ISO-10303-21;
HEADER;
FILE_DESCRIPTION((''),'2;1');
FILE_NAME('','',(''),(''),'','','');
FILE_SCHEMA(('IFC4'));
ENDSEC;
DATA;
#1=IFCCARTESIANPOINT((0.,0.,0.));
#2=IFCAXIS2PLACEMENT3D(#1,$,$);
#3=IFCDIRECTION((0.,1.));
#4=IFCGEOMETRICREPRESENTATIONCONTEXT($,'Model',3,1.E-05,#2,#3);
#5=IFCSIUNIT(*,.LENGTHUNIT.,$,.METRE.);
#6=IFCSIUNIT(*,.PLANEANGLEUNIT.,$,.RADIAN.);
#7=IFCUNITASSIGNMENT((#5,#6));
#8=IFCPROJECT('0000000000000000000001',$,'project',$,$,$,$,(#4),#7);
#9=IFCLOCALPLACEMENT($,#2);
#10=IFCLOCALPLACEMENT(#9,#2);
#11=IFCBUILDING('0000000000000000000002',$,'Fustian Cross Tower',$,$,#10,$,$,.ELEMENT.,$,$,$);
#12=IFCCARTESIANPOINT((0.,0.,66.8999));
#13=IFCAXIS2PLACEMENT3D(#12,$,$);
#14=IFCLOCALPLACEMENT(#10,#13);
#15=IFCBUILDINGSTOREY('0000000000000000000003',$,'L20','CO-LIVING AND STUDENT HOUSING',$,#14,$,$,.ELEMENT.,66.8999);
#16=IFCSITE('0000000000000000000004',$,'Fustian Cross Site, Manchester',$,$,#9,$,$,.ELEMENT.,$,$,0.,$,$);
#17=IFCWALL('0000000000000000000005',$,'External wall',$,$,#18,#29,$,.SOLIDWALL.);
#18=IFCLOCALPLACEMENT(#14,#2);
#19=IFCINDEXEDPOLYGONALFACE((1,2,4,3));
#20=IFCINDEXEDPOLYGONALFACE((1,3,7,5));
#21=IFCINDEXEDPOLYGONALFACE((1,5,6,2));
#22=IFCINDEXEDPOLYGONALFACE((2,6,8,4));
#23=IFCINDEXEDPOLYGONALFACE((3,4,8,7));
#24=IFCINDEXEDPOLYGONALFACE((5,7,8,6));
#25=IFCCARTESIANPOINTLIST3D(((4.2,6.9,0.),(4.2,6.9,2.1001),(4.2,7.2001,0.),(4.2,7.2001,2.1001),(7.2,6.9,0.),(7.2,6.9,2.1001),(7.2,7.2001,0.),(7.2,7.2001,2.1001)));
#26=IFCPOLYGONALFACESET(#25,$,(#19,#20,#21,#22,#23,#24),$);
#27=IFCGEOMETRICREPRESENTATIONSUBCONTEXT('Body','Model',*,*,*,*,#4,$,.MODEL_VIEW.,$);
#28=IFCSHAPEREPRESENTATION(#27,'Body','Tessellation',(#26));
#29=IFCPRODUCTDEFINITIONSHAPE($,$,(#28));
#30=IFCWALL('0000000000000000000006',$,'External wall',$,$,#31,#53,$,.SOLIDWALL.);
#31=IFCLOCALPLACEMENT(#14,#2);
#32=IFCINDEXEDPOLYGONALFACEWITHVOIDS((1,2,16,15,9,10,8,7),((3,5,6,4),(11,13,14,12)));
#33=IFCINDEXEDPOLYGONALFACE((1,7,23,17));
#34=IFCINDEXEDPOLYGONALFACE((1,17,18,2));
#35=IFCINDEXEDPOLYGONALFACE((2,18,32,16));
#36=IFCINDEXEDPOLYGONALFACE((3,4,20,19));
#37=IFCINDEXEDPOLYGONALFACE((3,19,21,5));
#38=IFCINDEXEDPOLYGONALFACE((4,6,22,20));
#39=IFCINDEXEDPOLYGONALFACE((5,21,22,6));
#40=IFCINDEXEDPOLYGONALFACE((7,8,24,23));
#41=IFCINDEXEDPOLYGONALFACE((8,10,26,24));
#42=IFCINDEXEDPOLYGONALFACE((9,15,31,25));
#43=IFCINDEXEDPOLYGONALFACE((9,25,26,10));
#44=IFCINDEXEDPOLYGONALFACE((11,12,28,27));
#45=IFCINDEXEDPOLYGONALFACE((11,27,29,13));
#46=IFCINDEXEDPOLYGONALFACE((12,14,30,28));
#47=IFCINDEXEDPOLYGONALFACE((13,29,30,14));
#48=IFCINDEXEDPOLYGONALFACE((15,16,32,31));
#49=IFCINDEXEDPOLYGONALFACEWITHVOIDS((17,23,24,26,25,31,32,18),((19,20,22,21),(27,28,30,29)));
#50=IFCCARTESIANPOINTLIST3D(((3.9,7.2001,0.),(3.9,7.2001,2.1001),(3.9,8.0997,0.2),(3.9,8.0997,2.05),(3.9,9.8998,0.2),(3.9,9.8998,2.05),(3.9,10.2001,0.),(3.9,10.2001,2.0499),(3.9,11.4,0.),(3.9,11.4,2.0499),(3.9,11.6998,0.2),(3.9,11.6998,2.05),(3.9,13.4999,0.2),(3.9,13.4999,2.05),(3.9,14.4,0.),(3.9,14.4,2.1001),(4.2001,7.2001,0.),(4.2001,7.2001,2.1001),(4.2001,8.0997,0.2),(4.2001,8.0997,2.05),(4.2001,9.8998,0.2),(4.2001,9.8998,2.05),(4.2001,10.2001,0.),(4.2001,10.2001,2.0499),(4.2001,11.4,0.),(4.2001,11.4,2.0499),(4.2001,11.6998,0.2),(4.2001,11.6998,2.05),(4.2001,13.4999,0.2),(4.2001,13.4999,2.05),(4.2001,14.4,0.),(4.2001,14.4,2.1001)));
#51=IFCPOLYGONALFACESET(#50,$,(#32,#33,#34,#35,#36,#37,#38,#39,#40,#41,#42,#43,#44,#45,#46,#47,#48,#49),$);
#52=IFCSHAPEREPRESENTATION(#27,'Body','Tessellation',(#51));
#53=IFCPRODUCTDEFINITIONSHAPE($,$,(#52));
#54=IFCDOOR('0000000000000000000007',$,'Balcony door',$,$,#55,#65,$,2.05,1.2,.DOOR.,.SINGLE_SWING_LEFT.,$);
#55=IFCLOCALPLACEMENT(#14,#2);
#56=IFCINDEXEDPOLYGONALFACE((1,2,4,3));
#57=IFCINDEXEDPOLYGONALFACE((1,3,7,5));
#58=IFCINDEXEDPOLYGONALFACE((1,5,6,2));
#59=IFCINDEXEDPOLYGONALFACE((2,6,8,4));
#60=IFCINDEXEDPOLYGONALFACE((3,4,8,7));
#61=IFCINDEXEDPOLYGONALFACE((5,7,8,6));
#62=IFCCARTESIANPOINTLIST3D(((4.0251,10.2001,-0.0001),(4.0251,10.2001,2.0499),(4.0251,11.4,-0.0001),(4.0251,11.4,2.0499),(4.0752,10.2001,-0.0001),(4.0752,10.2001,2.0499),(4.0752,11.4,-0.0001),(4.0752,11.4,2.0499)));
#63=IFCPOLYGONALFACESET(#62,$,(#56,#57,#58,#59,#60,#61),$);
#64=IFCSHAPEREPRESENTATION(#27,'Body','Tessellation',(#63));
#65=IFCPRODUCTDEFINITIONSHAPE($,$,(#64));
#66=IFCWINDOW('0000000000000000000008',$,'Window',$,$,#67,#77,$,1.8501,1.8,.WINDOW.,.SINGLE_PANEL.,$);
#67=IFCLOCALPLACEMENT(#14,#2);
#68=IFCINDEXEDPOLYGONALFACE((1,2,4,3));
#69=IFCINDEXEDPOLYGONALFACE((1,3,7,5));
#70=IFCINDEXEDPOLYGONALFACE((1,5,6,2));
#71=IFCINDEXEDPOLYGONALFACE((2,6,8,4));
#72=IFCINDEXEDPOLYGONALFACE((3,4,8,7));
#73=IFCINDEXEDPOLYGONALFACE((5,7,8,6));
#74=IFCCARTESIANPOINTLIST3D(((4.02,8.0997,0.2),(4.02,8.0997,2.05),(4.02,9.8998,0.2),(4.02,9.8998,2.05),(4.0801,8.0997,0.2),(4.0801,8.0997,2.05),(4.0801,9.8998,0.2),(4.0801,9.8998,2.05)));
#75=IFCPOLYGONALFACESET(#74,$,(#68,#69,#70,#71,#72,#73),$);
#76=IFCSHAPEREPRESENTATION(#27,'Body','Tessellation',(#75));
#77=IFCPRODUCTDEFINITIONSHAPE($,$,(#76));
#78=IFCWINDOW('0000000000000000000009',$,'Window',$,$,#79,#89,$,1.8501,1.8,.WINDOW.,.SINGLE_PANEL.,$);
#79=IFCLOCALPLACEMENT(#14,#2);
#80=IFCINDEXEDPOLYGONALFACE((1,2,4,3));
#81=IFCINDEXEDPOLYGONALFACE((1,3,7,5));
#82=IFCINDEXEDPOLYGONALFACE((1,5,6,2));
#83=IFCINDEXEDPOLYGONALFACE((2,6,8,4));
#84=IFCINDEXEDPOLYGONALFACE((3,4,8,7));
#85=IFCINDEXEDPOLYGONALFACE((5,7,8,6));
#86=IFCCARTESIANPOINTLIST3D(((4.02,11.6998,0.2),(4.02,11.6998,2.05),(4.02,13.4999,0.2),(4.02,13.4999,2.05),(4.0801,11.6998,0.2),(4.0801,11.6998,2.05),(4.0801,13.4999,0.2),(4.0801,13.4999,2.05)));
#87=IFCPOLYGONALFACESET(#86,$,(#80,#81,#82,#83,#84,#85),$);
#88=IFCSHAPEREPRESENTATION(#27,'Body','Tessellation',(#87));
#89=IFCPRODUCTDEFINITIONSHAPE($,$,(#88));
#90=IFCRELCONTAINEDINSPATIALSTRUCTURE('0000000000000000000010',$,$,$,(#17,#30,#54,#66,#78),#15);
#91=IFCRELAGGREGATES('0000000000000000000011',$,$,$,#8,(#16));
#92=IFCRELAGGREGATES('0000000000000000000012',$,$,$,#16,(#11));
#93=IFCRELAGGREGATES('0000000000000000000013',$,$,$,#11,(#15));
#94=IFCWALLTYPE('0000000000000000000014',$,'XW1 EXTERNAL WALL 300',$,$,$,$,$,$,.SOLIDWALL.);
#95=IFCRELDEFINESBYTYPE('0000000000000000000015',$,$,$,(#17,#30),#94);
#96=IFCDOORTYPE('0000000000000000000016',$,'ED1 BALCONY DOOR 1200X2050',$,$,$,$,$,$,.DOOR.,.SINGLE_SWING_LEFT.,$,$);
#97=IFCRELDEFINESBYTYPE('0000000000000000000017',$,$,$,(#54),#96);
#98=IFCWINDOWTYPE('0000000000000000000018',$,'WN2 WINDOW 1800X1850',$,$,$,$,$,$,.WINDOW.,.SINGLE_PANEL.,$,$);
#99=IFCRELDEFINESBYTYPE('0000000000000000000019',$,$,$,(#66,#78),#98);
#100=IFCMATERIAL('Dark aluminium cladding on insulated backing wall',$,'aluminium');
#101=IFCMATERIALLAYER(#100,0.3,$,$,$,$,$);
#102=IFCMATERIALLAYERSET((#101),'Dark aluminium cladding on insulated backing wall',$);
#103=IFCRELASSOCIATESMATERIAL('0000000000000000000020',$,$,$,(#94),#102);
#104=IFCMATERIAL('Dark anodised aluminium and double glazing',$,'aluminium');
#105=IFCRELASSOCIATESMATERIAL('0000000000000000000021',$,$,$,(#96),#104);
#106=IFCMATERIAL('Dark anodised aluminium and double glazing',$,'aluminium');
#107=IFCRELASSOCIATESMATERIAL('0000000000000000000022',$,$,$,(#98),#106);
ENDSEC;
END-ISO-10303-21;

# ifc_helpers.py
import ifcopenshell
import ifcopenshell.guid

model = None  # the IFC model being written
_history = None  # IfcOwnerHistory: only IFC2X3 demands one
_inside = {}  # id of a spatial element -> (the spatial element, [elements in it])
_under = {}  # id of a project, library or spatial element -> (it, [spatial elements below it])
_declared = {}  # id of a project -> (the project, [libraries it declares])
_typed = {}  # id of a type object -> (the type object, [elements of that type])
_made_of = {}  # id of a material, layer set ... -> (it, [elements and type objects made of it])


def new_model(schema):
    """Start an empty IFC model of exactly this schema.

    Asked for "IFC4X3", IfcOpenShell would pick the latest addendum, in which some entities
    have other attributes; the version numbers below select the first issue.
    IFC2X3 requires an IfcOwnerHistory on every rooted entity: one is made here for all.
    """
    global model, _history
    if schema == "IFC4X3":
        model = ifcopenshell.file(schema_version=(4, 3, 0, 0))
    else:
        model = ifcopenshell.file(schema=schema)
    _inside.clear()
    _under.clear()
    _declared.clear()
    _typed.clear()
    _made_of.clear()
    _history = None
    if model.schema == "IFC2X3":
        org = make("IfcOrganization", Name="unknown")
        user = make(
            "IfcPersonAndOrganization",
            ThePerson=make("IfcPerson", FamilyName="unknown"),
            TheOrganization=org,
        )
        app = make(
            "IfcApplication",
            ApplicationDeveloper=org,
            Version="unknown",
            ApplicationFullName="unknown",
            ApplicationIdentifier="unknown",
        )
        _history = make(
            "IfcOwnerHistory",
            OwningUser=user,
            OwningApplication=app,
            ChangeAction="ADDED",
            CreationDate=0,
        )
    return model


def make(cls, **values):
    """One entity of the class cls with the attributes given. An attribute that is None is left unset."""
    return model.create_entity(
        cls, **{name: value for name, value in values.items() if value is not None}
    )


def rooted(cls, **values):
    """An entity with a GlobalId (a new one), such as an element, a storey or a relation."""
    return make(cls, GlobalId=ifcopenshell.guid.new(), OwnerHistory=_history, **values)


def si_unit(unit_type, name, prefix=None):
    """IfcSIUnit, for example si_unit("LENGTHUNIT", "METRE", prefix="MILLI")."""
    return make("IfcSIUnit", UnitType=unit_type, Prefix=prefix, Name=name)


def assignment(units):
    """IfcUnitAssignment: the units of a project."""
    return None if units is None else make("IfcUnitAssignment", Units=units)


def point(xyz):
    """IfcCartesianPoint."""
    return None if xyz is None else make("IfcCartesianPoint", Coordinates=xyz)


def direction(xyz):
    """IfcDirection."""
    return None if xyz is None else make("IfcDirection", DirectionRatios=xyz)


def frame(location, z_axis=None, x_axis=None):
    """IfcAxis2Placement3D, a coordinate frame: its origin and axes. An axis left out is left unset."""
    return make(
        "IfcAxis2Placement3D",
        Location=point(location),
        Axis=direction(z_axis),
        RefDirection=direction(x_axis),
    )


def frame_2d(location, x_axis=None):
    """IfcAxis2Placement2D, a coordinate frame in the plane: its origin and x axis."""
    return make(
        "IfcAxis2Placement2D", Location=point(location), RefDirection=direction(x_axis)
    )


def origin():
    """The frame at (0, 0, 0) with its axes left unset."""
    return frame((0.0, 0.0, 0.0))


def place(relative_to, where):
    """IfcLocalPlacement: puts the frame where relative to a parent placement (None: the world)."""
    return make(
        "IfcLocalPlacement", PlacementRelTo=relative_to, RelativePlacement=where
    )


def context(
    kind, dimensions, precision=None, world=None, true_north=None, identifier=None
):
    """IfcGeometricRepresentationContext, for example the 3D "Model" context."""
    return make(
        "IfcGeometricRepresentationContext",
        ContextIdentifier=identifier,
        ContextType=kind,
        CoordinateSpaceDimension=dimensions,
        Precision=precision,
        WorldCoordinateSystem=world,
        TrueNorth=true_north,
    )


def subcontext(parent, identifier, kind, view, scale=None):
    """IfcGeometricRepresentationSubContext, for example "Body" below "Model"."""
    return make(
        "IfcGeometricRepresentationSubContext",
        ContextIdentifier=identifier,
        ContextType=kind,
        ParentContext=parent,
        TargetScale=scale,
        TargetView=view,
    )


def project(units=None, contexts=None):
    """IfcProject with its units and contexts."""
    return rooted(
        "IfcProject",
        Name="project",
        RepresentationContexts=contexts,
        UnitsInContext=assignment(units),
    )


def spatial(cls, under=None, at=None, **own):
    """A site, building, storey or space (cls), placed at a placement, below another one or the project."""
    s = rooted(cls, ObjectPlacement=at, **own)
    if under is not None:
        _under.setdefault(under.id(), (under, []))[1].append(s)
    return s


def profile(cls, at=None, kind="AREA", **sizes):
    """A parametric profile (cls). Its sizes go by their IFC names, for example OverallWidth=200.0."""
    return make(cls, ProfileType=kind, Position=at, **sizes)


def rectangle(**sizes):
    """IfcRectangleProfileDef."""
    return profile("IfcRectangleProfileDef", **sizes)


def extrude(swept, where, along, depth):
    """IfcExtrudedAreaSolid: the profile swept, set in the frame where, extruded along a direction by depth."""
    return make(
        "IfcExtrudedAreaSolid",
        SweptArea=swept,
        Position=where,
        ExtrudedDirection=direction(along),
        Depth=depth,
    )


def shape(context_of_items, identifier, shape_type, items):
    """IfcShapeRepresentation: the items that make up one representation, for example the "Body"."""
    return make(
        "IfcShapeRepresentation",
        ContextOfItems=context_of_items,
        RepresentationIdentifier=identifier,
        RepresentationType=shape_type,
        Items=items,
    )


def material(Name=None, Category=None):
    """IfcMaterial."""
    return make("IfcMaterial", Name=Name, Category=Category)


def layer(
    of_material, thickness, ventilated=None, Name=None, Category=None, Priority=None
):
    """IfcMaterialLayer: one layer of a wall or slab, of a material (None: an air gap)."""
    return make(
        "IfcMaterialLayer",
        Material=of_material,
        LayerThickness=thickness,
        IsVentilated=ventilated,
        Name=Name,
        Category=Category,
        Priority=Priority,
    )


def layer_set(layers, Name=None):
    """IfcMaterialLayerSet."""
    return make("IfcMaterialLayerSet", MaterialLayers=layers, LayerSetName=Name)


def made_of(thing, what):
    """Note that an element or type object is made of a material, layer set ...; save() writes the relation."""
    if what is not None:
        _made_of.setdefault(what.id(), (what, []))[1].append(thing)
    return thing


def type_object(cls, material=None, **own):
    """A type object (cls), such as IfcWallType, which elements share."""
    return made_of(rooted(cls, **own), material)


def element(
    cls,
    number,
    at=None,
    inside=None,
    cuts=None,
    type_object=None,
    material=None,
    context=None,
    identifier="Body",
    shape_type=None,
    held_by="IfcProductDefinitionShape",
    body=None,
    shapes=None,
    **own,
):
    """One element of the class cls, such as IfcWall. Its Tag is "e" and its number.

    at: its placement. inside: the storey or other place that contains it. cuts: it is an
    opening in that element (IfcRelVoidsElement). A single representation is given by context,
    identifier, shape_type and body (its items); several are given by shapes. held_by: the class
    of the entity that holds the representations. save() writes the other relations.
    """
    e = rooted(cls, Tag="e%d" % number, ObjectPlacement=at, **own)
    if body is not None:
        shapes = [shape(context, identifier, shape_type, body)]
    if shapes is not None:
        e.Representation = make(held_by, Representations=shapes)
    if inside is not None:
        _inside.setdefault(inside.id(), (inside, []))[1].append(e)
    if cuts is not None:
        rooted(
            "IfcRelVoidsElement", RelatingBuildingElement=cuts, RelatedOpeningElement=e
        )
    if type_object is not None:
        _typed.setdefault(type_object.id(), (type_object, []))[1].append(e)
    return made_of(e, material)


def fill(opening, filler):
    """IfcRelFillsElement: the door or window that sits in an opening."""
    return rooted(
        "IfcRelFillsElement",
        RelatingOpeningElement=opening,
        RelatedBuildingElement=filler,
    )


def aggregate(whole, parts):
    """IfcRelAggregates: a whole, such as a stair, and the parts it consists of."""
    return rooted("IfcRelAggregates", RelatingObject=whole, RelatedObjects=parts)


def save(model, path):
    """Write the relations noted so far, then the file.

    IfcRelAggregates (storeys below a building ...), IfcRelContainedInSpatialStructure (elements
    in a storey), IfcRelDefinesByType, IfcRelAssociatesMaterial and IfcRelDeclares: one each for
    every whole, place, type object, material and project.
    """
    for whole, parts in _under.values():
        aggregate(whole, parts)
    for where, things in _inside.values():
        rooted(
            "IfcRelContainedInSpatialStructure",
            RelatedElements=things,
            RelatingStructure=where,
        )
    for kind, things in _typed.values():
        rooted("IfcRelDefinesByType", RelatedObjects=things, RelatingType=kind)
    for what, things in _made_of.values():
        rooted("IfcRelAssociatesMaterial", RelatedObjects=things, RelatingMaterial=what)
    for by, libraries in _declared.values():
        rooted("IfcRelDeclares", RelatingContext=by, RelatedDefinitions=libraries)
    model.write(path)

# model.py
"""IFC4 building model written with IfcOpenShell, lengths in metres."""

from ifc_helpers import new_model, si_unit, direction, frame, frame_2d, origin, place, context, subcontext, project, spatial, rectangle, extrude, material, layer, layer_set, type_object, element, fill, save


model = new_model("IFC4")

# Units and contexts
model_context = context("Model", 3, precision=1e-05, world=origin(), true_north=direction((0.0, 1.0)))
body_context = subcontext(model_context, "Body", "Model", "MODEL_VIEW")
ifc_project = project(units=[si_unit("LENGTHUNIT", "METRE"), si_unit("PLANEANGLEUNIT", "RADIAN")], contexts=[model_context])

# Site, building, storey
site_placement = place(None, origin())
site = spatial("IfcSite", under=ifc_project, at=site_placement, Name="Fustian Cross Site, Manchester", CompositionType="ELEMENT", RefElevation=0.0)
building_placement = place(site_placement, origin())
building = spatial("IfcBuilding", under=site, at=building_placement, Name="Fustian Cross Tower", CompositionType="ELEMENT")
storey_placement = place(building_placement, frame((0.0, 0.0, 66.8999)))
storey = spatial("IfcBuildingStorey", under=building, at=storey_placement, Name="L20", Description="CO-LIVING AND STUDENT HOUSING", CompositionType="ELEMENT", Elevation=66.8999)

# Wall
ifc_material_1 = material(Name="Dark aluminium cladding on insulated backing wall", Category="aluminium")
ifc_layer_1 = layer(ifc_material_1, 0.3)
ifc_layer_set_1 = layer_set([ifc_layer_1], Name="Dark aluminium cladding on insulated backing wall")
wall_type_1 = type_object("IfcWallType", Name="XW1 EXTERNAL WALL 300", PredefinedType="SOLIDWALL", material=ifc_layer_set_1)
wall_1_placement = place(storey_placement, frame((7.2, 7.05, 0.0), z_axis=(0.0, 0.0, 1.0), x_axis=(-1.0, 0.0, 0.0)))
element("IfcWall", 1, at=wall_1_placement, inside=storey, type_object=wall_type_1, Name="External wall", PredefinedType="SOLIDWALL", context=body_context, shape_type="SweptSolid", body=[
    extrude(rectangle(XDim=3.0, YDim=0.3, at=frame_2d((1.5, 0.0))), origin(), (0.0, 0.0, 1.0), 2.1001),
])

# Wall, openings, door, windows
wall_2_placement = place(storey_placement, frame((4.05, 7.2, 0.0), z_axis=(0.0, 0.0, 1.0), x_axis=(0.0, 1.0, 0.0)))
wall_2 = element("IfcWall", 2, at=wall_2_placement, inside=storey, type_object=wall_type_1, Name="External wall", PredefinedType="SOLIDWALL", context=body_context, shape_type="SweptSolid", body=[
    extrude(rectangle(XDim=7.2, YDim=0.3, at=frame_2d((3.6001, 0.0))), origin(), (0.0, 0.0, 1.0), 2.1001),
])
opening_1_placement = place(wall_2_placement, frame((3.0, 0.0, 0.0)))
opening_1 = element("IfcOpeningElement", 3, at=opening_1_placement, cuts=wall_2, PredefinedType="OPENING", context=body_context, shape_type="SweptSolid", body=[
    extrude(rectangle(XDim=1.2, YDim=2.05, at=frame_2d((0.6001, 1.0249))), frame((0.0, 0.1599, 0.0), z_axis=(0.0, -1.0, 0.0), x_axis=(1.0, 0.0, 0.0)), (0.0, 0.0, 1.0), 0.3201),
])
opening_2_placement = place(wall_2_placement, frame((0.8999, 0.0, 0.2)))
opening_2 = element("IfcOpeningElement", 4, at=opening_2_placement, cuts=wall_2, PredefinedType="OPENING", context=body_context, shape_type="SweptSolid", body=[
    extrude(rectangle(XDim=1.8, YDim=1.8501, at=frame_2d((0.8999, 0.925))), frame((0.0, 0.1599, 0.0), z_axis=(0.0, -1.0, 0.0), x_axis=(1.0, 0.0, 0.0)), (0.0, 0.0, 1.0), 0.3201),
])
opening_3_placement = place(wall_2_placement, frame((4.5, 0.0, 0.2)))
opening_3 = element("IfcOpeningElement", 5, at=opening_3_placement, cuts=wall_2, PredefinedType="OPENING", context=body_context, shape_type="SweptSolid", body=[
    extrude(rectangle(XDim=1.8, YDim=1.8501, at=frame_2d((0.8999, 0.925))), frame((0.0, 0.1599, 0.0), z_axis=(0.0, -1.0, 0.0), x_axis=(1.0, 0.0, 0.0)), (0.0, 0.0, 1.0), 0.3201),
])
ifc_material_2 = material(Name="Dark anodised aluminium and double glazing", Category="aluminium")
door_type_1 = type_object("IfcDoorType", Name="ED1 BALCONY DOOR 1200X2050", OperationType="SINGLE_SWING_LEFT", PredefinedType="DOOR", material=ifc_material_2)
door_1_placement = place(opening_1_placement, origin())
door_1 = element("IfcDoor", 6, at=door_1_placement, inside=storey, type_object=door_type_1, Name="Balcony door", OperationType="SINGLE_SWING_LEFT", OverallHeight=2.05, OverallWidth=1.2, PredefinedType="DOOR", context=body_context, shape_type="SweptSolid", body=[
    extrude(rectangle(XDim=1.2, YDim=2.05, at=frame_2d((0.6001, 1.0249))), frame((0.0, 0.0249, 0.0), z_axis=(0.0, -1.0, 0.0), x_axis=(1.0, 0.0, 0.0)), (0.0, 0.0, 1.0), 0.05),
])
fill(opening_1, door_1)
ifc_material_3 = material(Name="Dark anodised aluminium and double glazing", Category="aluminium")
window_type = type_object("IfcWindowType", Name="WN2 WINDOW 1800X1850", PartitioningType="SINGLE_PANEL", PredefinedType="WINDOW", material=ifc_material_3)
window_1_placement = place(opening_2_placement, origin())
window_1 = element("IfcWindow", 7, at=window_1_placement, inside=storey, type_object=window_type, Name="Window", OverallHeight=1.8501, OverallWidth=1.8, PartitioningType="SINGLE_PANEL", PredefinedType="WINDOW", context=body_context, shape_type="SweptSolid", body=[
    extrude(rectangle(XDim=1.8, YDim=1.8501, at=frame_2d((0.8999, 0.925))), frame((0.0, 0.03, 0.0), z_axis=(0.0, -1.0, 0.0), x_axis=(1.0, 0.0, 0.0)), (0.0, 0.0, 1.0), 0.0601),
])
fill(opening_2, window_1)
window_2_placement = place(opening_3_placement, origin())
window_2 = element("IfcWindow", 8, at=window_2_placement, inside=storey, type_object=window_type, Name="Window", OverallHeight=1.8501, OverallWidth=1.8, PartitioningType="SINGLE_PANEL", PredefinedType="WINDOW", context=body_context, shape_type="SweptSolid", body=[
    extrude(rectangle(XDim=1.8, YDim=1.8501, at=frame_2d((0.8999, 0.925))), frame((0.0, 0.03, 0.0), z_axis=(0.0, -1.0, 0.0), x_axis=(1.0, 0.0, 0.0)), (0.0, 0.0, 1.0), 0.0601),
])
fill(opening_3, window_2)

save(model, "model.ifc")
